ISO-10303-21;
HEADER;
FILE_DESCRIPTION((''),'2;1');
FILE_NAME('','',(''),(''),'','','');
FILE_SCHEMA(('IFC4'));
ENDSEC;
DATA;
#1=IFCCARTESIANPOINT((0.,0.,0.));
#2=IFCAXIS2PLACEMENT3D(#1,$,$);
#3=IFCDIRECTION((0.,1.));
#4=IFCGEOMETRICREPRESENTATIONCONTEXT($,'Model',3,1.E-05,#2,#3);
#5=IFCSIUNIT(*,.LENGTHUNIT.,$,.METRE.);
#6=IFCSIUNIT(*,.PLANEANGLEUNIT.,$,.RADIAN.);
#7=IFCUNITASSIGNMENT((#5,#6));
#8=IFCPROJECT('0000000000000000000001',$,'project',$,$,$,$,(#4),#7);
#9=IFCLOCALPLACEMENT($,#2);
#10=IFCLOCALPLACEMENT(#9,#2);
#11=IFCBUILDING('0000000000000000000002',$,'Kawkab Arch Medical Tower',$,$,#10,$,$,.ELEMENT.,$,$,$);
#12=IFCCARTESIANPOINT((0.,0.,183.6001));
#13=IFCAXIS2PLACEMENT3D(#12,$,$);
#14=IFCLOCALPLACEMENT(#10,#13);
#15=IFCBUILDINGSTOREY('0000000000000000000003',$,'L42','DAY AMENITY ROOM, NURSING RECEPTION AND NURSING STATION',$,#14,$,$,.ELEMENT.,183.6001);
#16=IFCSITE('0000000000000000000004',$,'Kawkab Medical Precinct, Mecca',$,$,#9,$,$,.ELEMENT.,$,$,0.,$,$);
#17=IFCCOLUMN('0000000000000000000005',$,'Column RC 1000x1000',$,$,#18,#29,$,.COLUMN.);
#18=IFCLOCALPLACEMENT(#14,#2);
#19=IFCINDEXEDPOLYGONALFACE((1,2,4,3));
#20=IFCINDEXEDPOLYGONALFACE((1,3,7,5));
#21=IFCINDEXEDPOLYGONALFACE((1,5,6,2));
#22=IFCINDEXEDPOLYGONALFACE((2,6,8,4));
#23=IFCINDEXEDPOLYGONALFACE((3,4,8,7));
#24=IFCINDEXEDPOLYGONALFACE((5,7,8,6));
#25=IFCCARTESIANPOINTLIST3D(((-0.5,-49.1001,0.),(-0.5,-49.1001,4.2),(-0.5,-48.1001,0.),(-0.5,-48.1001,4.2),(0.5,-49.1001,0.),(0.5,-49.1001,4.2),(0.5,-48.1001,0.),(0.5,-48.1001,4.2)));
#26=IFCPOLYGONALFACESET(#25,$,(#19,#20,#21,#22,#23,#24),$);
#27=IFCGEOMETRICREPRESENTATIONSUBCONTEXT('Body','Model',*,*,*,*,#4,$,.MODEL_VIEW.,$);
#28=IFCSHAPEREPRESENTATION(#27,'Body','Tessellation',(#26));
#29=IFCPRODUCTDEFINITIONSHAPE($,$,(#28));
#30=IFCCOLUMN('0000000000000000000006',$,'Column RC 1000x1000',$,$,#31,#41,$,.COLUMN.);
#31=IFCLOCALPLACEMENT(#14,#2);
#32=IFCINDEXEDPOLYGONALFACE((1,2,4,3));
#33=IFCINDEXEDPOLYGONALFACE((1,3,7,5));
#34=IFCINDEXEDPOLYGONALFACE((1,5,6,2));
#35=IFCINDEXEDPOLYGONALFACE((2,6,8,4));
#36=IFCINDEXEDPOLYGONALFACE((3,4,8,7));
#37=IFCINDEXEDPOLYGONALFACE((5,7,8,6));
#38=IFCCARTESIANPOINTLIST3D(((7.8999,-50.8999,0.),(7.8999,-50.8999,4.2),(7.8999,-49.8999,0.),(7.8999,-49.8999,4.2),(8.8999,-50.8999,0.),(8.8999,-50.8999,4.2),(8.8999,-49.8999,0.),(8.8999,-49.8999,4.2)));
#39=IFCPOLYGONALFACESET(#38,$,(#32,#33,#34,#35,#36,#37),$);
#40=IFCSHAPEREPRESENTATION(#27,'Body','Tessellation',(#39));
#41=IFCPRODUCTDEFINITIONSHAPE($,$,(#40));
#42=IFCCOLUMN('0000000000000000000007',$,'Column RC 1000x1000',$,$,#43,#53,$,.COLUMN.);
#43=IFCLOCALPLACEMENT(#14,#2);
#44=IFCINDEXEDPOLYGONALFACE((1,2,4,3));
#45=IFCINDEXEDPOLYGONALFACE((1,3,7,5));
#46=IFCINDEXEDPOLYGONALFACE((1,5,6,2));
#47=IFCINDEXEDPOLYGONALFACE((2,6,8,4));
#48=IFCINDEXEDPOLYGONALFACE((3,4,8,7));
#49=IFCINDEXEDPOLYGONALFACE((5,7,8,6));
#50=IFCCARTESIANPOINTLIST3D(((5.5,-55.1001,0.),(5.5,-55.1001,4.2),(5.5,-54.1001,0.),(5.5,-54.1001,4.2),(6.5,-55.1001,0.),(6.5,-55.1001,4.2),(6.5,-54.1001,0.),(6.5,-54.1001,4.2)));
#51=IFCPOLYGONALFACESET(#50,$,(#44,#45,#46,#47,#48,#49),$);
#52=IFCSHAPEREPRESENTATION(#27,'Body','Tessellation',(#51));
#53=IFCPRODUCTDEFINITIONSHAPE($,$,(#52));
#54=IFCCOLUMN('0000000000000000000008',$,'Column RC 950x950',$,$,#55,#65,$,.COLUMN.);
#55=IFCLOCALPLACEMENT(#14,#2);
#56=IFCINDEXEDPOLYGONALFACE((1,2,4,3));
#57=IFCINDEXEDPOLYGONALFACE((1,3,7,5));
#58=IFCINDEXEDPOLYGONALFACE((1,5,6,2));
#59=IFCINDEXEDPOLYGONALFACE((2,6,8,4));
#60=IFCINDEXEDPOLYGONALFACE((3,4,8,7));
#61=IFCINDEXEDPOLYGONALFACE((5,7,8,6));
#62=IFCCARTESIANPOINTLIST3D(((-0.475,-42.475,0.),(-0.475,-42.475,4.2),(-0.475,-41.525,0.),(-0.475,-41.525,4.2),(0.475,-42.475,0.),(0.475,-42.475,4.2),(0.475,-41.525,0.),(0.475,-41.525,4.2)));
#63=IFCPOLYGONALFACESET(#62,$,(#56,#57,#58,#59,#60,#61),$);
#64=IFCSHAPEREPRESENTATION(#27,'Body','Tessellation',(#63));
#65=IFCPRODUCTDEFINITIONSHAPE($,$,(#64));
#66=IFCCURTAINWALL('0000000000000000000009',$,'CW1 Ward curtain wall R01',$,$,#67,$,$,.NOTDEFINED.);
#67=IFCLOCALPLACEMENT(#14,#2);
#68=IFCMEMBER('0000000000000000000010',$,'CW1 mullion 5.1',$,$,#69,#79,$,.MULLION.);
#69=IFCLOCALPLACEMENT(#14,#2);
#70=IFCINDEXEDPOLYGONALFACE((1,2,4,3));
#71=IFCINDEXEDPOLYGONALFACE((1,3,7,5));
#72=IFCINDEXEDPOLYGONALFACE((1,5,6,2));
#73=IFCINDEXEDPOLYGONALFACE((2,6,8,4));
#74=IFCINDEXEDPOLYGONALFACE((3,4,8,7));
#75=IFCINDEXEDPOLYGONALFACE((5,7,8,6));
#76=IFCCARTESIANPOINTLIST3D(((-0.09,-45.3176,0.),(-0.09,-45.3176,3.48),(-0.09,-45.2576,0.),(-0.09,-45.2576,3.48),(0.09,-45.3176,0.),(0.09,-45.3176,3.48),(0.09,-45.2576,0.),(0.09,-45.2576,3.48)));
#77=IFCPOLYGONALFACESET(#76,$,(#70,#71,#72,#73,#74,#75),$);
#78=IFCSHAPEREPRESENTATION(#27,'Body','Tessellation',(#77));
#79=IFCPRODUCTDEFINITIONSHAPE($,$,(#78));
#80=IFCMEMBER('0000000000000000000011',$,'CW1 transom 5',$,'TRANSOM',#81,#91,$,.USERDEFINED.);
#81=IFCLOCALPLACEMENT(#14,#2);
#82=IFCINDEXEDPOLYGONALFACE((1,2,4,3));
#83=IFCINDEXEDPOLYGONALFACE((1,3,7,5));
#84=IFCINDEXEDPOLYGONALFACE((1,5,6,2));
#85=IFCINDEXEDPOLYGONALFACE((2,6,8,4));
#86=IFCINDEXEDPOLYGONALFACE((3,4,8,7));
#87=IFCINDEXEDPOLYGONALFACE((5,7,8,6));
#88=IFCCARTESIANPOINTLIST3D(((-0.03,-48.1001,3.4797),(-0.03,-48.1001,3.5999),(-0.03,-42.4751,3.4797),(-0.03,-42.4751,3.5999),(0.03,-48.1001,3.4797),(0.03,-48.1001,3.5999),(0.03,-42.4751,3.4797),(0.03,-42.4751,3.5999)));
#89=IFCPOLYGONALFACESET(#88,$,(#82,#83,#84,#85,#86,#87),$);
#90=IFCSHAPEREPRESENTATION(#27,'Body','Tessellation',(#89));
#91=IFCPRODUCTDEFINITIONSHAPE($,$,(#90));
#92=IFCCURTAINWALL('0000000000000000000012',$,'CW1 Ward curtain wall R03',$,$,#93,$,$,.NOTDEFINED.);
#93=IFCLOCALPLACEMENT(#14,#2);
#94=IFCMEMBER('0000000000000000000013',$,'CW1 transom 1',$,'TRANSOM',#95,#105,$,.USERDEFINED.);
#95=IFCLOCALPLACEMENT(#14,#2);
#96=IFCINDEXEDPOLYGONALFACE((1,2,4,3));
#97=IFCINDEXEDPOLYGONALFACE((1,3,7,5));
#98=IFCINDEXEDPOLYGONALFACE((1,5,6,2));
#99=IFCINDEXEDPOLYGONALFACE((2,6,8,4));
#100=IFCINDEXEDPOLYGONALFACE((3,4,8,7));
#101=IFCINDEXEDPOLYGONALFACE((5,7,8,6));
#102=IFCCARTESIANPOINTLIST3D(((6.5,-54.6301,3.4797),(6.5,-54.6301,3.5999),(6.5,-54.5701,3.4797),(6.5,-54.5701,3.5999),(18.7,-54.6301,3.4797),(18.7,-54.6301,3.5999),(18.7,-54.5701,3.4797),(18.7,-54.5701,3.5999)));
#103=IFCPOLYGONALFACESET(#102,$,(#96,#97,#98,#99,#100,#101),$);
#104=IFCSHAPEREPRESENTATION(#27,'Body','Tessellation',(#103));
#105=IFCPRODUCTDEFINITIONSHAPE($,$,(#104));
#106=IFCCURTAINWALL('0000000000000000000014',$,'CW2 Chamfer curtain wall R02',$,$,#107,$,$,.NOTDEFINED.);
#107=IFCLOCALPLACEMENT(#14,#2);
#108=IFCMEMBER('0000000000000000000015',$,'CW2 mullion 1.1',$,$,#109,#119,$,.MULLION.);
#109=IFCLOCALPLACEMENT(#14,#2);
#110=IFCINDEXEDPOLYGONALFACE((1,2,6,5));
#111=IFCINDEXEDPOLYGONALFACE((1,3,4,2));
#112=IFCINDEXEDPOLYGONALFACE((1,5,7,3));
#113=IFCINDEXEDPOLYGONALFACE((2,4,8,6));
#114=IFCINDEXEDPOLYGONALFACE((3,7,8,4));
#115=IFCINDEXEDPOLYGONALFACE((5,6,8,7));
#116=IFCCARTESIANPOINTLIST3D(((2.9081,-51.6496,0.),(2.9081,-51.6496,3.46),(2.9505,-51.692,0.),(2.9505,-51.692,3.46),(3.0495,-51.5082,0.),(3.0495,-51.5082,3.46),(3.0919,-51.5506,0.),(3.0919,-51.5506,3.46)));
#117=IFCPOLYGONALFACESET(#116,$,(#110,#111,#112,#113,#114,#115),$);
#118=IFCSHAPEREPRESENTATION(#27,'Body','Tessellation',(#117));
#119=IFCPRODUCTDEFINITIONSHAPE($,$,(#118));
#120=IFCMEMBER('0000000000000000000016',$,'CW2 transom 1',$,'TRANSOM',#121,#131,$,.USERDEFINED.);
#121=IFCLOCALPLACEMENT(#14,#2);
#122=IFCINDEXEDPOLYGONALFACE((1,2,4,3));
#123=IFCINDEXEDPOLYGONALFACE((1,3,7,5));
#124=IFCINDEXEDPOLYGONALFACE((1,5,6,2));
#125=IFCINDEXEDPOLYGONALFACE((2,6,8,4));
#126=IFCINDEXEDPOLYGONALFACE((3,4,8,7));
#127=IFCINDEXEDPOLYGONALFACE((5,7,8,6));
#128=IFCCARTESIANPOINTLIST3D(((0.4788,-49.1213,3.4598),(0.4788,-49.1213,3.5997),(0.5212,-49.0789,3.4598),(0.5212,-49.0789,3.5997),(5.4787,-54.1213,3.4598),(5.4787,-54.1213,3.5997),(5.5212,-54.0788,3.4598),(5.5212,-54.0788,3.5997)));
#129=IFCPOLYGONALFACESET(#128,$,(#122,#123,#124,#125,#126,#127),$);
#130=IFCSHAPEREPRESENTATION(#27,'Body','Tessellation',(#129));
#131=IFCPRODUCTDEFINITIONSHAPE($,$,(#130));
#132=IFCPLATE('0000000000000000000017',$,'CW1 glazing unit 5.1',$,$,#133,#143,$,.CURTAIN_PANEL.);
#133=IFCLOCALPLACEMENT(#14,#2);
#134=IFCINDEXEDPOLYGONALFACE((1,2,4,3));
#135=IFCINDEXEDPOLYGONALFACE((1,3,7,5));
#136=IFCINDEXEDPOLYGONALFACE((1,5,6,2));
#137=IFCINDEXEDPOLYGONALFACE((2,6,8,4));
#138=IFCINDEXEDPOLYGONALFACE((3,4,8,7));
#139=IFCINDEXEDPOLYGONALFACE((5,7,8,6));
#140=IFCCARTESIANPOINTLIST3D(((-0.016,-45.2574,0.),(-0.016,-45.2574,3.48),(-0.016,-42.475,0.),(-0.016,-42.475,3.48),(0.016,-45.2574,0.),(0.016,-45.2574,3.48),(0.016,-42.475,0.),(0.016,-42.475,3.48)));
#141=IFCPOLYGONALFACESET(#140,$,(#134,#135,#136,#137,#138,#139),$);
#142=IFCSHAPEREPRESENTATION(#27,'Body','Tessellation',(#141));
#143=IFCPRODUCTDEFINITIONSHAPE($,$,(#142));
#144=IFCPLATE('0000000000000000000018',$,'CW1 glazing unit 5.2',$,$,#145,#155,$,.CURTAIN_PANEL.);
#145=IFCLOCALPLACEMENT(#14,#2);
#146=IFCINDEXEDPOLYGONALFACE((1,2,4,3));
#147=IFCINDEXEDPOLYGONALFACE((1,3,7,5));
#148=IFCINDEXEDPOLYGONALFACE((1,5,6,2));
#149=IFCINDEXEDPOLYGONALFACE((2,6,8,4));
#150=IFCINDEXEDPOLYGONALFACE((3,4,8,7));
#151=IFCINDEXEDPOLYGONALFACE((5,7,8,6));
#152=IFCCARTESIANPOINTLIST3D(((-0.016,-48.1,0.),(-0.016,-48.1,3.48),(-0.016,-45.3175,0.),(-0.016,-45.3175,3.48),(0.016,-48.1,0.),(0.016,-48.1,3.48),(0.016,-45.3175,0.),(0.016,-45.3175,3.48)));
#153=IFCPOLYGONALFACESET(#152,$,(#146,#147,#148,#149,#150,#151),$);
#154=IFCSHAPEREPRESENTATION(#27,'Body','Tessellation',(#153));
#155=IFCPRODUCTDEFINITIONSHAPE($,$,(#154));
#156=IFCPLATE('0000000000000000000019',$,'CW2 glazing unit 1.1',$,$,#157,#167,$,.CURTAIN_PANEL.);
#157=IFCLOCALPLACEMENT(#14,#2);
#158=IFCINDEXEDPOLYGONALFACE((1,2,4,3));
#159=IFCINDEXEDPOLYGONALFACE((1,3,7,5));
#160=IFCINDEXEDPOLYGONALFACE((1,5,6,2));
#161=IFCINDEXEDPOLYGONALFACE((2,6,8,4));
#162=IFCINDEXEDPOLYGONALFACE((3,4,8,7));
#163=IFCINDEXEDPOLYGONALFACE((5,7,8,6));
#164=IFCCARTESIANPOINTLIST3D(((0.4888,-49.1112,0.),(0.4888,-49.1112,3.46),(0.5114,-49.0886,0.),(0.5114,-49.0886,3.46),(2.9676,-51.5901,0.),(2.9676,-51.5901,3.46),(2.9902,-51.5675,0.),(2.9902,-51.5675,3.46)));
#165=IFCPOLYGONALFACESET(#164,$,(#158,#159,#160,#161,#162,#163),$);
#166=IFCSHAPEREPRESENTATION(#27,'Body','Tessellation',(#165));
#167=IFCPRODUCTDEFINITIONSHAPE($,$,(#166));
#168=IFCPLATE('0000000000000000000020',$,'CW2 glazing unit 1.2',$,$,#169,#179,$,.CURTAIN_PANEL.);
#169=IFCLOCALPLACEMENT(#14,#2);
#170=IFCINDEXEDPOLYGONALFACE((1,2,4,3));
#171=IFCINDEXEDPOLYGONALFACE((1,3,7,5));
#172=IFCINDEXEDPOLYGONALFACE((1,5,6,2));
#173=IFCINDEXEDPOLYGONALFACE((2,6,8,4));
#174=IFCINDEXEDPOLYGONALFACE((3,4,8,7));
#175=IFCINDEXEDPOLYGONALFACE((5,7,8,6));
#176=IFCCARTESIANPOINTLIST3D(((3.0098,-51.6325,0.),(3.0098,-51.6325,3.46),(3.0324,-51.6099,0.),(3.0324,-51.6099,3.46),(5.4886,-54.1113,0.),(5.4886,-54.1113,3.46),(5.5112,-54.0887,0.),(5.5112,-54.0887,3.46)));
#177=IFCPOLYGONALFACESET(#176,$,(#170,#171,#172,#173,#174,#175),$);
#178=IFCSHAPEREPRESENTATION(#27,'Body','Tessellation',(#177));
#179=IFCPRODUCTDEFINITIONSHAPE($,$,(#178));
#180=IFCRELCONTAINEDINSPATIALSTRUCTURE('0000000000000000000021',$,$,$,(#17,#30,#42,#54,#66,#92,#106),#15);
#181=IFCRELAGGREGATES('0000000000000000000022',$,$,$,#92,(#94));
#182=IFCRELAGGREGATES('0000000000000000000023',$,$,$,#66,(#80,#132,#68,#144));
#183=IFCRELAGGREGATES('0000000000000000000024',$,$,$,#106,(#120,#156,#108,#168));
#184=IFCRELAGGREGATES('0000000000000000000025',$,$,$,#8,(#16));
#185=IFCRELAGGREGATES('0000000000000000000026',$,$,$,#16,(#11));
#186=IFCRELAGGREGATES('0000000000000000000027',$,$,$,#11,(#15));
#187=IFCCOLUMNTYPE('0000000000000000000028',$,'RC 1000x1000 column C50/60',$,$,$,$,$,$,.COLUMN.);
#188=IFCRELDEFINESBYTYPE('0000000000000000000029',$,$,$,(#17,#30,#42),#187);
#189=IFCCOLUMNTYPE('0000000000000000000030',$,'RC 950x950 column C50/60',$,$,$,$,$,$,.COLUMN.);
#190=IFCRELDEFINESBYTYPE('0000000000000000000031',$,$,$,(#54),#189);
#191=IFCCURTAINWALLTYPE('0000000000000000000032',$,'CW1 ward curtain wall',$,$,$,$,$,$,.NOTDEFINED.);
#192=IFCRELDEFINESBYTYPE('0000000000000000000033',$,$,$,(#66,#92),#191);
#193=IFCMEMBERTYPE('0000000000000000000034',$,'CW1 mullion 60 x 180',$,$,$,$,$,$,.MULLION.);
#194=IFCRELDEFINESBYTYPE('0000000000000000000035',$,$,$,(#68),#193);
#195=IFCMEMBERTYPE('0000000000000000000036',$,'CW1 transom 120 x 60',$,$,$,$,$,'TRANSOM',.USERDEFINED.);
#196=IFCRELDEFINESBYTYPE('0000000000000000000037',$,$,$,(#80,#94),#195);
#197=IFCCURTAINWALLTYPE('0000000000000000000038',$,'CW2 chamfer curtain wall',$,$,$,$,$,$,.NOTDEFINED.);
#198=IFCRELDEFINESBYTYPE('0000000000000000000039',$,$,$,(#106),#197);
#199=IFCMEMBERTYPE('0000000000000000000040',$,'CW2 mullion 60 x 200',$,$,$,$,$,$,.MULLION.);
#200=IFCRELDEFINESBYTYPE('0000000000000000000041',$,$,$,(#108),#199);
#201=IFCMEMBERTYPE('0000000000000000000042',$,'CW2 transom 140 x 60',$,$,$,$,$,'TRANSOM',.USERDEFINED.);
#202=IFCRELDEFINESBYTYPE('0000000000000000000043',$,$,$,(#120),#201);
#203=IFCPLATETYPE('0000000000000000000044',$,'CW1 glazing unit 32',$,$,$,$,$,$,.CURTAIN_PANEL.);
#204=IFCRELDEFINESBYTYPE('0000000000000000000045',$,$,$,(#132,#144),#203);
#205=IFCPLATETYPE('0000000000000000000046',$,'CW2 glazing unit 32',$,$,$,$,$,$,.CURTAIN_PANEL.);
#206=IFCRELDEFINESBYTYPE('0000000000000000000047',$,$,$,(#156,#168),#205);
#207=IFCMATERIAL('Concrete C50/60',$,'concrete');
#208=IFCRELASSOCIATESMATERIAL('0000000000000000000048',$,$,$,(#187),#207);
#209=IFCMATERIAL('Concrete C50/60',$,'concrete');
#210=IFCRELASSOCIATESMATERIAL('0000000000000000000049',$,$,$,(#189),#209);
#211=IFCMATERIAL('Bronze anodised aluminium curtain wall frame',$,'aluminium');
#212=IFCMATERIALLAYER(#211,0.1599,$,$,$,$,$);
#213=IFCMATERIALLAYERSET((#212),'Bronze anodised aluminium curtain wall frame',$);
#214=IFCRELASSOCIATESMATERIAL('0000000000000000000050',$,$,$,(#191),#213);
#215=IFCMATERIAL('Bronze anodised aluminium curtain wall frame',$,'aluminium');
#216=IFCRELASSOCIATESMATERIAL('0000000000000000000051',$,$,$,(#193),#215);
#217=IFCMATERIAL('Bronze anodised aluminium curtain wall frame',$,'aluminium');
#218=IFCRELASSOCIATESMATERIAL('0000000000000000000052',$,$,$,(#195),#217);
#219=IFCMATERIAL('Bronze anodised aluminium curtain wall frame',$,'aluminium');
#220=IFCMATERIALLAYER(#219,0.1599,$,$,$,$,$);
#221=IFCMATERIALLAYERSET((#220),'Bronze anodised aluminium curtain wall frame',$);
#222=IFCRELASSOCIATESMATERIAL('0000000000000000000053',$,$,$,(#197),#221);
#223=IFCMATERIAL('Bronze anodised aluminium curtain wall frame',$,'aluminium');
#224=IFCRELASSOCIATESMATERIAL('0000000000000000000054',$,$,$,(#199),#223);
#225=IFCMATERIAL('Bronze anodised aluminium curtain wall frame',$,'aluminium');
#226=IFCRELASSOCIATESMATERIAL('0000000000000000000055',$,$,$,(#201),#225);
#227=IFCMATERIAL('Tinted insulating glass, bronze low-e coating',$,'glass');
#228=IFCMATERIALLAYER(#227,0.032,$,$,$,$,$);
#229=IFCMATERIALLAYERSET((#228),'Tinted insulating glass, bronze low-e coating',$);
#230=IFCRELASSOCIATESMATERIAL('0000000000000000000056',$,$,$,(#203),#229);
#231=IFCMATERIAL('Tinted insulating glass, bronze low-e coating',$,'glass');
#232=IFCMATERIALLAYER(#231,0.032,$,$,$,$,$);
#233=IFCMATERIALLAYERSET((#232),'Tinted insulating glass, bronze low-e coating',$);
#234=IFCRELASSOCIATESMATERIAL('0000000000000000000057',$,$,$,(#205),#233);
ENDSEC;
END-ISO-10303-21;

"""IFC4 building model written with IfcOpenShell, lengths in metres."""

from ifc_helpers import new_model, si_unit, direction, frame, origin, origin_2d, place, context, subcontext, project, spatial, rectangle, extrude, material, layer, layer_set, material_profile, profile_set, type_object, element, aggregate, save


model = new_model("IFC4")

# Units and contexts
model_context = context("Model", 3, precision=1e-05, world=origin(), true_north=direction((0.0, 1.0)))
body_context = subcontext(model_context, "Body", "Model", "MODEL_VIEW")
ifc_project = project(units=[si_unit("LENGTHUNIT", "METRE"), si_unit("PLANEANGLEUNIT", "RADIAN")], contexts=[model_context])

# Site, building, storey
site_placement = place(None, origin())
site = spatial("IfcSite", under=ifc_project, at=site_placement, Name="Kawkab Medical Precinct, Mecca", CompositionType="ELEMENT", RefElevation=0.0)
building_placement = place(site_placement, origin())
building = spatial("IfcBuilding", under=site, at=building_placement, Name="Kawkab Arch Medical Tower", CompositionType="ELEMENT")
storey_placement = place(building_placement, frame((0.0, 0.0, 183.6001)))
storey = spatial("IfcBuildingStorey", under=building, at=storey_placement, Name="L42", Description="DAY AMENITY ROOM, NURSING RECEPTION AND NURSING STATION", CompositionType="ELEMENT", Elevation=183.6001)

# Columns
ifc_material_1 = material(Name="Concrete C50/60", Category="concrete")
ifc_material_profile_1 = material_profile(ifc_material_1, rectangle(XDim=1.0, YDim=1.0, at=origin_2d()), Name="RC 1000x1000")
ifc_profile_set_1 = profile_set([ifc_material_profile_1], Name="Concrete C50/60")
column_type_1 = type_object("IfcColumnType", Name="RC 1000x1000 column C50/60", PredefinedType="COLUMN", material=ifc_profile_set_1)
for number, where, z_axis, x_axis, name in (
    (1, (0.0, -48.6001, 0.0), (0.0, 0.0, 1.0), (1.0, 0.0, 0.0), "Column RC 1000x1000"),
    (2, (8.3999, -50.3999, 0.0), (0.0, 0.0, 1.0), (1.0, 0.0, 0.0), "Column RC 1000x1000"),
    (3, (6.0, -54.6001, 0.0), (0.0, 0.0, 1.0), (1.0, 0.0, 0.0), "Column RC 1000x1000"),
):
    element("IfcColumn", number, at=place(storey_placement, frame(where, z_axis=z_axis, x_axis=x_axis)), inside=storey, type_object=column_type_1, Name=name, PredefinedType="COLUMN", context=body_context, shape_type="SweptSolid", body=[
        extrude(rectangle(XDim=1.0, YDim=1.0, at=origin_2d()), origin(), (0.0, 0.0, 1.0), 4.2),
    ])
ifc_material_2 = material(Name="Concrete C50/60", Category="concrete")
ifc_material_profile_2 = material_profile(ifc_material_2, rectangle(XDim=0.95, YDim=0.95, at=origin_2d()), Name="RC 950x950")
ifc_profile_set_2 = profile_set([ifc_material_profile_2], Name="Concrete C50/60")
column_type_2 = type_object("IfcColumnType", Name="RC 950x950 column C50/60", PredefinedType="COLUMN", material=ifc_profile_set_2)
column_placement = place(storey_placement, frame((0.0, -42.0, 0.0), z_axis=(0.0, 0.0, 1.0), x_axis=(1.0, 0.0, 0.0)))
element("IfcColumn", 4, at=column_placement, inside=storey, type_object=column_type_2, Name="Column RC 950x950", PredefinedType="COLUMN", context=body_context, shape_type="SweptSolid", body=[
    extrude(rectangle(XDim=0.95, YDim=0.95, at=origin_2d()), origin(), (0.0, 0.0, 1.0), 4.2),
])

# Curtain wall, members
ifc_material_3 = material(Name="Bronze anodised aluminium curtain wall frame", Category="aluminium")
ifc_layer_1 = layer(ifc_material_3, 0.1599)
ifc_layer_set_1 = layer_set([ifc_layer_1], Name="Bronze anodised aluminium curtain wall frame")
curtain_wall_type_1 = type_object("IfcCurtainWallType", Name="CW1 ward curtain wall", PredefinedType="NOTDEFINED", material=ifc_layer_set_1)
placement = place(storey_placement, origin())
curtain_wall_1 = element("IfcCurtainWall", 5, at=placement, inside=storey, type_object=curtain_wall_type_1, Name="CW1 Ward curtain wall R01", PredefinedType="NOTDEFINED")
ifc_material_4 = material(Name="Bronze anodised aluminium curtain wall frame", Category="aluminium")
ifc_material_profile_3 = material_profile(ifc_material_4, rectangle(XDim=0.1799, YDim=0.0601, at=origin_2d()), Name="AL 60x180")
ifc_profile_set_3 = profile_set([ifc_material_profile_3], Name="Bronze anodised aluminium curtain wall frame")
member_type_1 = type_object("IfcMemberType", Name="CW1 mullion 60 x 180", PredefinedType="MULLION", material=ifc_profile_set_3)
member_1_placement = place(storey_placement, frame((0.0, -45.2876, 0.0), z_axis=(0.0, 0.0, 1.0), x_axis=(1.0, 0.0, 0.0)))
member_1 = element("IfcMember", 6, at=member_1_placement, type_object=member_type_1, Name="CW1 mullion 5.1", PredefinedType="MULLION", context=body_context, shape_type="SweptSolid", body=[
    extrude(rectangle(XDim=0.1799, YDim=0.0601, at=origin_2d()), origin(), (0.0, 0.0, 1.0), 3.48),
])
ifc_material_5 = material(Name="Bronze anodised aluminium curtain wall frame", Category="aluminium")
ifc_material_profile_4 = material_profile(ifc_material_5, rectangle(XDim=0.0601, YDim=0.1201, at=origin_2d()), Name="AL 60x120")
ifc_profile_set_4 = profile_set([ifc_material_profile_4], Name="Bronze anodised aluminium curtain wall frame")
member_type_2 = type_object("IfcMemberType", Name="CW1 transom 120 x 60", ElementType="TRANSOM", PredefinedType="USERDEFINED", material=ifc_profile_set_4)
member_2_placement = place(storey_placement, frame((0.0, -42.4751, 3.5398), z_axis=(0.0, -1.0, 0.0), x_axis=(1.0, 0.0, 0.0)))
member_2 = element("IfcMember", 7, at=member_2_placement, type_object=member_type_2, Name="CW1 transom 5", ObjectType="TRANSOM", PredefinedType="USERDEFINED", context=body_context, shape_type="SweptSolid", body=[
    extrude(rectangle(XDim=0.0601, YDim=0.1201, at=origin_2d()), origin(), (0.0, 0.0, 1.0), 5.625),
])

# Curtain wall, member
curtain_wall_2 = element("IfcCurtainWall", 8, at=placement, inside=storey, type_object=curtain_wall_type_1, Name="CW1 Ward curtain wall R03", PredefinedType="NOTDEFINED")
member_3_placement = place(storey_placement, frame((6.5, -54.6001, 3.5398), z_axis=(1.0, 0.0, 0.0), x_axis=(0.0, 1.0, 0.0)))
member_3 = element("IfcMember", 9, at=member_3_placement, type_object=member_type_2, Name="CW1 transom 1", ObjectType="TRANSOM", PredefinedType="USERDEFINED", context=body_context, shape_type="SweptSolid", body=[
    extrude(rectangle(XDim=0.0601, YDim=0.1201, at=origin_2d()), origin(), (0.0, 0.0, 1.0), 12.2),
])
aggregate(curtain_wall_2, [member_3])

# Curtain wall, members
ifc_material_6 = material(Name="Bronze anodised aluminium curtain wall frame", Category="aluminium")
ifc_layer_2 = layer(ifc_material_6, 0.1599)
ifc_layer_set_2 = layer_set([ifc_layer_2], Name="Bronze anodised aluminium curtain wall frame")
curtain_wall_type_2 = type_object("IfcCurtainWallType", Name="CW2 chamfer curtain wall", PredefinedType="NOTDEFINED", material=ifc_layer_set_2)
curtain_wall_3 = element("IfcCurtainWall", 10, at=placement, inside=storey, type_object=curtain_wall_type_2, Name="CW2 Chamfer curtain wall R02", PredefinedType="NOTDEFINED")
ifc_material_7 = material(Name="Bronze anodised aluminium curtain wall frame", Category="aluminium")
ifc_material_profile_5 = material_profile(ifc_material_7, rectangle(XDim=0.2, YDim=0.0601, at=origin_2d()), Name="AL 60x200")
ifc_profile_set_5 = profile_set([ifc_material_profile_5], Name="Bronze anodised aluminium curtain wall frame")
member_type_3 = type_object("IfcMemberType", Name="CW2 mullion 60 x 200", PredefinedType="MULLION", material=ifc_profile_set_5)
member_4_placement = place(storey_placement, frame((3.0, -51.6001, 0.0), z_axis=(0.0, 0.0, 1.0), x_axis=(0.707107, 0.707107, 0.0)))
member_4 = element("IfcMember", 11, at=member_4_placement, type_object=member_type_3, Name="CW2 mullion 1.1", PredefinedType="MULLION", context=body_context, shape_type="SweptSolid", body=[
    extrude(rectangle(XDim=0.2, YDim=0.0601, at=origin_2d()), origin(), (0.0, 0.0, 1.0), 3.46),
])
ifc_material_8 = material(Name="Bronze anodised aluminium curtain wall frame", Category="aluminium")
ifc_material_profile_6 = material_profile(ifc_material_8, rectangle(XDim=0.0601, YDim=0.1399, at=origin_2d()), Name="AL 60x140")
ifc_profile_set_6 = profile_set([ifc_material_profile_6], Name="Bronze anodised aluminium curtain wall frame")
member_type_4 = type_object("IfcMemberType", Name="CW2 transom 140 x 60", ElementType="TRANSOM", PredefinedType="USERDEFINED", material=ifc_profile_set_6)
member_5_placement = place(storey_placement, frame((0.5, -49.1001, 3.5298), z_axis=(0.707107, -0.707107, 0.0), x_axis=(0.707107, 0.707107, 0.0)))
member_5 = element("IfcMember", 12, at=member_5_placement, type_object=member_type_4, Name="CW2 transom 1", ObjectType="TRANSOM", PredefinedType="USERDEFINED", context=body_context, shape_type="SweptSolid", body=[
    extrude(rectangle(XDim=0.0601, YDim=0.1399, at=origin_2d()), origin(), (0.0, 0.0, 1.0), 7.071),
])

# Plates
ifc_material_9 = material(Name="Tinted insulating glass, bronze low-e coating", Category="glass")
ifc_layer_3 = layer(ifc_material_9, 0.032)
ifc_layer_set_3 = layer_set([ifc_layer_3], Name="Tinted insulating glass, bronze low-e coating")
plate_type_1 = type_object("IfcPlateType", Name="CW1 glazing unit 32", PredefinedType="CURTAIN_PANEL", material=ifc_layer_set_3)
plate_1_placement = place(storey_placement, frame((0.0, -43.8662, 0.0), z_axis=(0.0, 0.0, 1.0), x_axis=(0.0, -1.0, 0.0)))
plate_1 = element("IfcPlate", 13, at=plate_1_placement, type_object=plate_type_1, Name="CW1 glazing unit 5.1", PredefinedType="CURTAIN_PANEL", context=body_context, shape_type="SweptSolid", body=[
    extrude(rectangle(XDim=2.7825, YDim=0.032, at=origin_2d()), origin(), (0.0, 0.0, 1.0), 3.48),
])
plate_2_placement = place(storey_placement, frame((0.0, -46.7087, 0.0), z_axis=(0.0, 0.0, 1.0), x_axis=(0.0, -1.0, 0.0)))
plate_2 = element("IfcPlate", 14, at=plate_2_placement, type_object=plate_type_1, Name="CW1 glazing unit 5.2", PredefinedType="CURTAIN_PANEL", context=body_context, shape_type="SweptSolid", body=[
    extrude(rectangle(XDim=2.7825, YDim=0.032, at=origin_2d()), origin(), (0.0, 0.0, 1.0), 3.48),
])
aggregate(curtain_wall_1, [member_2, plate_1, member_1, plate_2])
ifc_material_10 = material(Name="Tinted insulating glass, bronze low-e coating", Category="glass")
ifc_layer_4 = layer(ifc_material_10, 0.032)
ifc_layer_set_4 = layer_set([ifc_layer_4], Name="Tinted insulating glass, bronze low-e coating")
plate_type_2 = type_object("IfcPlateType", Name="CW2 glazing unit 32", PredefinedType="CURTAIN_PANEL", material=ifc_layer_set_4)
plate_3_placement = place(storey_placement, frame((1.7395, -50.3394, 0.0), z_axis=(0.0, 0.0, 1.0), x_axis=(0.707107, -0.707107, 0.0)))
plate_3 = element("IfcPlate", 15, at=plate_3_placement, type_object=plate_type_2, Name="CW2 glazing unit 1.1", PredefinedType="CURTAIN_PANEL", context=body_context, shape_type="SweptSolid", body=[
    extrude(rectangle(XDim=3.5056, YDim=0.032, at=origin_2d()), origin(), (0.0, 0.0, 1.0), 3.46),
])
plate_4_placement = place(storey_placement, frame((4.2605, -52.8606, 0.0), z_axis=(0.0, 0.0, 1.0), x_axis=(0.707107, -0.707107, 0.0)))
plate_4 = element("IfcPlate", 16, at=plate_4_placement, type_object=plate_type_2, Name="CW2 glazing unit 1.2", PredefinedType="CURTAIN_PANEL", context=body_context, shape_type="SweptSolid", body=[
    extrude(rectangle(XDim=3.5056, YDim=0.032, at=origin_2d()), origin(), (0.0, 0.0, 1.0), 3.46),
])
aggregate(curtain_wall_3, [member_5, plate_3, member_4, plate_4])

save(model, "model.ifc")
